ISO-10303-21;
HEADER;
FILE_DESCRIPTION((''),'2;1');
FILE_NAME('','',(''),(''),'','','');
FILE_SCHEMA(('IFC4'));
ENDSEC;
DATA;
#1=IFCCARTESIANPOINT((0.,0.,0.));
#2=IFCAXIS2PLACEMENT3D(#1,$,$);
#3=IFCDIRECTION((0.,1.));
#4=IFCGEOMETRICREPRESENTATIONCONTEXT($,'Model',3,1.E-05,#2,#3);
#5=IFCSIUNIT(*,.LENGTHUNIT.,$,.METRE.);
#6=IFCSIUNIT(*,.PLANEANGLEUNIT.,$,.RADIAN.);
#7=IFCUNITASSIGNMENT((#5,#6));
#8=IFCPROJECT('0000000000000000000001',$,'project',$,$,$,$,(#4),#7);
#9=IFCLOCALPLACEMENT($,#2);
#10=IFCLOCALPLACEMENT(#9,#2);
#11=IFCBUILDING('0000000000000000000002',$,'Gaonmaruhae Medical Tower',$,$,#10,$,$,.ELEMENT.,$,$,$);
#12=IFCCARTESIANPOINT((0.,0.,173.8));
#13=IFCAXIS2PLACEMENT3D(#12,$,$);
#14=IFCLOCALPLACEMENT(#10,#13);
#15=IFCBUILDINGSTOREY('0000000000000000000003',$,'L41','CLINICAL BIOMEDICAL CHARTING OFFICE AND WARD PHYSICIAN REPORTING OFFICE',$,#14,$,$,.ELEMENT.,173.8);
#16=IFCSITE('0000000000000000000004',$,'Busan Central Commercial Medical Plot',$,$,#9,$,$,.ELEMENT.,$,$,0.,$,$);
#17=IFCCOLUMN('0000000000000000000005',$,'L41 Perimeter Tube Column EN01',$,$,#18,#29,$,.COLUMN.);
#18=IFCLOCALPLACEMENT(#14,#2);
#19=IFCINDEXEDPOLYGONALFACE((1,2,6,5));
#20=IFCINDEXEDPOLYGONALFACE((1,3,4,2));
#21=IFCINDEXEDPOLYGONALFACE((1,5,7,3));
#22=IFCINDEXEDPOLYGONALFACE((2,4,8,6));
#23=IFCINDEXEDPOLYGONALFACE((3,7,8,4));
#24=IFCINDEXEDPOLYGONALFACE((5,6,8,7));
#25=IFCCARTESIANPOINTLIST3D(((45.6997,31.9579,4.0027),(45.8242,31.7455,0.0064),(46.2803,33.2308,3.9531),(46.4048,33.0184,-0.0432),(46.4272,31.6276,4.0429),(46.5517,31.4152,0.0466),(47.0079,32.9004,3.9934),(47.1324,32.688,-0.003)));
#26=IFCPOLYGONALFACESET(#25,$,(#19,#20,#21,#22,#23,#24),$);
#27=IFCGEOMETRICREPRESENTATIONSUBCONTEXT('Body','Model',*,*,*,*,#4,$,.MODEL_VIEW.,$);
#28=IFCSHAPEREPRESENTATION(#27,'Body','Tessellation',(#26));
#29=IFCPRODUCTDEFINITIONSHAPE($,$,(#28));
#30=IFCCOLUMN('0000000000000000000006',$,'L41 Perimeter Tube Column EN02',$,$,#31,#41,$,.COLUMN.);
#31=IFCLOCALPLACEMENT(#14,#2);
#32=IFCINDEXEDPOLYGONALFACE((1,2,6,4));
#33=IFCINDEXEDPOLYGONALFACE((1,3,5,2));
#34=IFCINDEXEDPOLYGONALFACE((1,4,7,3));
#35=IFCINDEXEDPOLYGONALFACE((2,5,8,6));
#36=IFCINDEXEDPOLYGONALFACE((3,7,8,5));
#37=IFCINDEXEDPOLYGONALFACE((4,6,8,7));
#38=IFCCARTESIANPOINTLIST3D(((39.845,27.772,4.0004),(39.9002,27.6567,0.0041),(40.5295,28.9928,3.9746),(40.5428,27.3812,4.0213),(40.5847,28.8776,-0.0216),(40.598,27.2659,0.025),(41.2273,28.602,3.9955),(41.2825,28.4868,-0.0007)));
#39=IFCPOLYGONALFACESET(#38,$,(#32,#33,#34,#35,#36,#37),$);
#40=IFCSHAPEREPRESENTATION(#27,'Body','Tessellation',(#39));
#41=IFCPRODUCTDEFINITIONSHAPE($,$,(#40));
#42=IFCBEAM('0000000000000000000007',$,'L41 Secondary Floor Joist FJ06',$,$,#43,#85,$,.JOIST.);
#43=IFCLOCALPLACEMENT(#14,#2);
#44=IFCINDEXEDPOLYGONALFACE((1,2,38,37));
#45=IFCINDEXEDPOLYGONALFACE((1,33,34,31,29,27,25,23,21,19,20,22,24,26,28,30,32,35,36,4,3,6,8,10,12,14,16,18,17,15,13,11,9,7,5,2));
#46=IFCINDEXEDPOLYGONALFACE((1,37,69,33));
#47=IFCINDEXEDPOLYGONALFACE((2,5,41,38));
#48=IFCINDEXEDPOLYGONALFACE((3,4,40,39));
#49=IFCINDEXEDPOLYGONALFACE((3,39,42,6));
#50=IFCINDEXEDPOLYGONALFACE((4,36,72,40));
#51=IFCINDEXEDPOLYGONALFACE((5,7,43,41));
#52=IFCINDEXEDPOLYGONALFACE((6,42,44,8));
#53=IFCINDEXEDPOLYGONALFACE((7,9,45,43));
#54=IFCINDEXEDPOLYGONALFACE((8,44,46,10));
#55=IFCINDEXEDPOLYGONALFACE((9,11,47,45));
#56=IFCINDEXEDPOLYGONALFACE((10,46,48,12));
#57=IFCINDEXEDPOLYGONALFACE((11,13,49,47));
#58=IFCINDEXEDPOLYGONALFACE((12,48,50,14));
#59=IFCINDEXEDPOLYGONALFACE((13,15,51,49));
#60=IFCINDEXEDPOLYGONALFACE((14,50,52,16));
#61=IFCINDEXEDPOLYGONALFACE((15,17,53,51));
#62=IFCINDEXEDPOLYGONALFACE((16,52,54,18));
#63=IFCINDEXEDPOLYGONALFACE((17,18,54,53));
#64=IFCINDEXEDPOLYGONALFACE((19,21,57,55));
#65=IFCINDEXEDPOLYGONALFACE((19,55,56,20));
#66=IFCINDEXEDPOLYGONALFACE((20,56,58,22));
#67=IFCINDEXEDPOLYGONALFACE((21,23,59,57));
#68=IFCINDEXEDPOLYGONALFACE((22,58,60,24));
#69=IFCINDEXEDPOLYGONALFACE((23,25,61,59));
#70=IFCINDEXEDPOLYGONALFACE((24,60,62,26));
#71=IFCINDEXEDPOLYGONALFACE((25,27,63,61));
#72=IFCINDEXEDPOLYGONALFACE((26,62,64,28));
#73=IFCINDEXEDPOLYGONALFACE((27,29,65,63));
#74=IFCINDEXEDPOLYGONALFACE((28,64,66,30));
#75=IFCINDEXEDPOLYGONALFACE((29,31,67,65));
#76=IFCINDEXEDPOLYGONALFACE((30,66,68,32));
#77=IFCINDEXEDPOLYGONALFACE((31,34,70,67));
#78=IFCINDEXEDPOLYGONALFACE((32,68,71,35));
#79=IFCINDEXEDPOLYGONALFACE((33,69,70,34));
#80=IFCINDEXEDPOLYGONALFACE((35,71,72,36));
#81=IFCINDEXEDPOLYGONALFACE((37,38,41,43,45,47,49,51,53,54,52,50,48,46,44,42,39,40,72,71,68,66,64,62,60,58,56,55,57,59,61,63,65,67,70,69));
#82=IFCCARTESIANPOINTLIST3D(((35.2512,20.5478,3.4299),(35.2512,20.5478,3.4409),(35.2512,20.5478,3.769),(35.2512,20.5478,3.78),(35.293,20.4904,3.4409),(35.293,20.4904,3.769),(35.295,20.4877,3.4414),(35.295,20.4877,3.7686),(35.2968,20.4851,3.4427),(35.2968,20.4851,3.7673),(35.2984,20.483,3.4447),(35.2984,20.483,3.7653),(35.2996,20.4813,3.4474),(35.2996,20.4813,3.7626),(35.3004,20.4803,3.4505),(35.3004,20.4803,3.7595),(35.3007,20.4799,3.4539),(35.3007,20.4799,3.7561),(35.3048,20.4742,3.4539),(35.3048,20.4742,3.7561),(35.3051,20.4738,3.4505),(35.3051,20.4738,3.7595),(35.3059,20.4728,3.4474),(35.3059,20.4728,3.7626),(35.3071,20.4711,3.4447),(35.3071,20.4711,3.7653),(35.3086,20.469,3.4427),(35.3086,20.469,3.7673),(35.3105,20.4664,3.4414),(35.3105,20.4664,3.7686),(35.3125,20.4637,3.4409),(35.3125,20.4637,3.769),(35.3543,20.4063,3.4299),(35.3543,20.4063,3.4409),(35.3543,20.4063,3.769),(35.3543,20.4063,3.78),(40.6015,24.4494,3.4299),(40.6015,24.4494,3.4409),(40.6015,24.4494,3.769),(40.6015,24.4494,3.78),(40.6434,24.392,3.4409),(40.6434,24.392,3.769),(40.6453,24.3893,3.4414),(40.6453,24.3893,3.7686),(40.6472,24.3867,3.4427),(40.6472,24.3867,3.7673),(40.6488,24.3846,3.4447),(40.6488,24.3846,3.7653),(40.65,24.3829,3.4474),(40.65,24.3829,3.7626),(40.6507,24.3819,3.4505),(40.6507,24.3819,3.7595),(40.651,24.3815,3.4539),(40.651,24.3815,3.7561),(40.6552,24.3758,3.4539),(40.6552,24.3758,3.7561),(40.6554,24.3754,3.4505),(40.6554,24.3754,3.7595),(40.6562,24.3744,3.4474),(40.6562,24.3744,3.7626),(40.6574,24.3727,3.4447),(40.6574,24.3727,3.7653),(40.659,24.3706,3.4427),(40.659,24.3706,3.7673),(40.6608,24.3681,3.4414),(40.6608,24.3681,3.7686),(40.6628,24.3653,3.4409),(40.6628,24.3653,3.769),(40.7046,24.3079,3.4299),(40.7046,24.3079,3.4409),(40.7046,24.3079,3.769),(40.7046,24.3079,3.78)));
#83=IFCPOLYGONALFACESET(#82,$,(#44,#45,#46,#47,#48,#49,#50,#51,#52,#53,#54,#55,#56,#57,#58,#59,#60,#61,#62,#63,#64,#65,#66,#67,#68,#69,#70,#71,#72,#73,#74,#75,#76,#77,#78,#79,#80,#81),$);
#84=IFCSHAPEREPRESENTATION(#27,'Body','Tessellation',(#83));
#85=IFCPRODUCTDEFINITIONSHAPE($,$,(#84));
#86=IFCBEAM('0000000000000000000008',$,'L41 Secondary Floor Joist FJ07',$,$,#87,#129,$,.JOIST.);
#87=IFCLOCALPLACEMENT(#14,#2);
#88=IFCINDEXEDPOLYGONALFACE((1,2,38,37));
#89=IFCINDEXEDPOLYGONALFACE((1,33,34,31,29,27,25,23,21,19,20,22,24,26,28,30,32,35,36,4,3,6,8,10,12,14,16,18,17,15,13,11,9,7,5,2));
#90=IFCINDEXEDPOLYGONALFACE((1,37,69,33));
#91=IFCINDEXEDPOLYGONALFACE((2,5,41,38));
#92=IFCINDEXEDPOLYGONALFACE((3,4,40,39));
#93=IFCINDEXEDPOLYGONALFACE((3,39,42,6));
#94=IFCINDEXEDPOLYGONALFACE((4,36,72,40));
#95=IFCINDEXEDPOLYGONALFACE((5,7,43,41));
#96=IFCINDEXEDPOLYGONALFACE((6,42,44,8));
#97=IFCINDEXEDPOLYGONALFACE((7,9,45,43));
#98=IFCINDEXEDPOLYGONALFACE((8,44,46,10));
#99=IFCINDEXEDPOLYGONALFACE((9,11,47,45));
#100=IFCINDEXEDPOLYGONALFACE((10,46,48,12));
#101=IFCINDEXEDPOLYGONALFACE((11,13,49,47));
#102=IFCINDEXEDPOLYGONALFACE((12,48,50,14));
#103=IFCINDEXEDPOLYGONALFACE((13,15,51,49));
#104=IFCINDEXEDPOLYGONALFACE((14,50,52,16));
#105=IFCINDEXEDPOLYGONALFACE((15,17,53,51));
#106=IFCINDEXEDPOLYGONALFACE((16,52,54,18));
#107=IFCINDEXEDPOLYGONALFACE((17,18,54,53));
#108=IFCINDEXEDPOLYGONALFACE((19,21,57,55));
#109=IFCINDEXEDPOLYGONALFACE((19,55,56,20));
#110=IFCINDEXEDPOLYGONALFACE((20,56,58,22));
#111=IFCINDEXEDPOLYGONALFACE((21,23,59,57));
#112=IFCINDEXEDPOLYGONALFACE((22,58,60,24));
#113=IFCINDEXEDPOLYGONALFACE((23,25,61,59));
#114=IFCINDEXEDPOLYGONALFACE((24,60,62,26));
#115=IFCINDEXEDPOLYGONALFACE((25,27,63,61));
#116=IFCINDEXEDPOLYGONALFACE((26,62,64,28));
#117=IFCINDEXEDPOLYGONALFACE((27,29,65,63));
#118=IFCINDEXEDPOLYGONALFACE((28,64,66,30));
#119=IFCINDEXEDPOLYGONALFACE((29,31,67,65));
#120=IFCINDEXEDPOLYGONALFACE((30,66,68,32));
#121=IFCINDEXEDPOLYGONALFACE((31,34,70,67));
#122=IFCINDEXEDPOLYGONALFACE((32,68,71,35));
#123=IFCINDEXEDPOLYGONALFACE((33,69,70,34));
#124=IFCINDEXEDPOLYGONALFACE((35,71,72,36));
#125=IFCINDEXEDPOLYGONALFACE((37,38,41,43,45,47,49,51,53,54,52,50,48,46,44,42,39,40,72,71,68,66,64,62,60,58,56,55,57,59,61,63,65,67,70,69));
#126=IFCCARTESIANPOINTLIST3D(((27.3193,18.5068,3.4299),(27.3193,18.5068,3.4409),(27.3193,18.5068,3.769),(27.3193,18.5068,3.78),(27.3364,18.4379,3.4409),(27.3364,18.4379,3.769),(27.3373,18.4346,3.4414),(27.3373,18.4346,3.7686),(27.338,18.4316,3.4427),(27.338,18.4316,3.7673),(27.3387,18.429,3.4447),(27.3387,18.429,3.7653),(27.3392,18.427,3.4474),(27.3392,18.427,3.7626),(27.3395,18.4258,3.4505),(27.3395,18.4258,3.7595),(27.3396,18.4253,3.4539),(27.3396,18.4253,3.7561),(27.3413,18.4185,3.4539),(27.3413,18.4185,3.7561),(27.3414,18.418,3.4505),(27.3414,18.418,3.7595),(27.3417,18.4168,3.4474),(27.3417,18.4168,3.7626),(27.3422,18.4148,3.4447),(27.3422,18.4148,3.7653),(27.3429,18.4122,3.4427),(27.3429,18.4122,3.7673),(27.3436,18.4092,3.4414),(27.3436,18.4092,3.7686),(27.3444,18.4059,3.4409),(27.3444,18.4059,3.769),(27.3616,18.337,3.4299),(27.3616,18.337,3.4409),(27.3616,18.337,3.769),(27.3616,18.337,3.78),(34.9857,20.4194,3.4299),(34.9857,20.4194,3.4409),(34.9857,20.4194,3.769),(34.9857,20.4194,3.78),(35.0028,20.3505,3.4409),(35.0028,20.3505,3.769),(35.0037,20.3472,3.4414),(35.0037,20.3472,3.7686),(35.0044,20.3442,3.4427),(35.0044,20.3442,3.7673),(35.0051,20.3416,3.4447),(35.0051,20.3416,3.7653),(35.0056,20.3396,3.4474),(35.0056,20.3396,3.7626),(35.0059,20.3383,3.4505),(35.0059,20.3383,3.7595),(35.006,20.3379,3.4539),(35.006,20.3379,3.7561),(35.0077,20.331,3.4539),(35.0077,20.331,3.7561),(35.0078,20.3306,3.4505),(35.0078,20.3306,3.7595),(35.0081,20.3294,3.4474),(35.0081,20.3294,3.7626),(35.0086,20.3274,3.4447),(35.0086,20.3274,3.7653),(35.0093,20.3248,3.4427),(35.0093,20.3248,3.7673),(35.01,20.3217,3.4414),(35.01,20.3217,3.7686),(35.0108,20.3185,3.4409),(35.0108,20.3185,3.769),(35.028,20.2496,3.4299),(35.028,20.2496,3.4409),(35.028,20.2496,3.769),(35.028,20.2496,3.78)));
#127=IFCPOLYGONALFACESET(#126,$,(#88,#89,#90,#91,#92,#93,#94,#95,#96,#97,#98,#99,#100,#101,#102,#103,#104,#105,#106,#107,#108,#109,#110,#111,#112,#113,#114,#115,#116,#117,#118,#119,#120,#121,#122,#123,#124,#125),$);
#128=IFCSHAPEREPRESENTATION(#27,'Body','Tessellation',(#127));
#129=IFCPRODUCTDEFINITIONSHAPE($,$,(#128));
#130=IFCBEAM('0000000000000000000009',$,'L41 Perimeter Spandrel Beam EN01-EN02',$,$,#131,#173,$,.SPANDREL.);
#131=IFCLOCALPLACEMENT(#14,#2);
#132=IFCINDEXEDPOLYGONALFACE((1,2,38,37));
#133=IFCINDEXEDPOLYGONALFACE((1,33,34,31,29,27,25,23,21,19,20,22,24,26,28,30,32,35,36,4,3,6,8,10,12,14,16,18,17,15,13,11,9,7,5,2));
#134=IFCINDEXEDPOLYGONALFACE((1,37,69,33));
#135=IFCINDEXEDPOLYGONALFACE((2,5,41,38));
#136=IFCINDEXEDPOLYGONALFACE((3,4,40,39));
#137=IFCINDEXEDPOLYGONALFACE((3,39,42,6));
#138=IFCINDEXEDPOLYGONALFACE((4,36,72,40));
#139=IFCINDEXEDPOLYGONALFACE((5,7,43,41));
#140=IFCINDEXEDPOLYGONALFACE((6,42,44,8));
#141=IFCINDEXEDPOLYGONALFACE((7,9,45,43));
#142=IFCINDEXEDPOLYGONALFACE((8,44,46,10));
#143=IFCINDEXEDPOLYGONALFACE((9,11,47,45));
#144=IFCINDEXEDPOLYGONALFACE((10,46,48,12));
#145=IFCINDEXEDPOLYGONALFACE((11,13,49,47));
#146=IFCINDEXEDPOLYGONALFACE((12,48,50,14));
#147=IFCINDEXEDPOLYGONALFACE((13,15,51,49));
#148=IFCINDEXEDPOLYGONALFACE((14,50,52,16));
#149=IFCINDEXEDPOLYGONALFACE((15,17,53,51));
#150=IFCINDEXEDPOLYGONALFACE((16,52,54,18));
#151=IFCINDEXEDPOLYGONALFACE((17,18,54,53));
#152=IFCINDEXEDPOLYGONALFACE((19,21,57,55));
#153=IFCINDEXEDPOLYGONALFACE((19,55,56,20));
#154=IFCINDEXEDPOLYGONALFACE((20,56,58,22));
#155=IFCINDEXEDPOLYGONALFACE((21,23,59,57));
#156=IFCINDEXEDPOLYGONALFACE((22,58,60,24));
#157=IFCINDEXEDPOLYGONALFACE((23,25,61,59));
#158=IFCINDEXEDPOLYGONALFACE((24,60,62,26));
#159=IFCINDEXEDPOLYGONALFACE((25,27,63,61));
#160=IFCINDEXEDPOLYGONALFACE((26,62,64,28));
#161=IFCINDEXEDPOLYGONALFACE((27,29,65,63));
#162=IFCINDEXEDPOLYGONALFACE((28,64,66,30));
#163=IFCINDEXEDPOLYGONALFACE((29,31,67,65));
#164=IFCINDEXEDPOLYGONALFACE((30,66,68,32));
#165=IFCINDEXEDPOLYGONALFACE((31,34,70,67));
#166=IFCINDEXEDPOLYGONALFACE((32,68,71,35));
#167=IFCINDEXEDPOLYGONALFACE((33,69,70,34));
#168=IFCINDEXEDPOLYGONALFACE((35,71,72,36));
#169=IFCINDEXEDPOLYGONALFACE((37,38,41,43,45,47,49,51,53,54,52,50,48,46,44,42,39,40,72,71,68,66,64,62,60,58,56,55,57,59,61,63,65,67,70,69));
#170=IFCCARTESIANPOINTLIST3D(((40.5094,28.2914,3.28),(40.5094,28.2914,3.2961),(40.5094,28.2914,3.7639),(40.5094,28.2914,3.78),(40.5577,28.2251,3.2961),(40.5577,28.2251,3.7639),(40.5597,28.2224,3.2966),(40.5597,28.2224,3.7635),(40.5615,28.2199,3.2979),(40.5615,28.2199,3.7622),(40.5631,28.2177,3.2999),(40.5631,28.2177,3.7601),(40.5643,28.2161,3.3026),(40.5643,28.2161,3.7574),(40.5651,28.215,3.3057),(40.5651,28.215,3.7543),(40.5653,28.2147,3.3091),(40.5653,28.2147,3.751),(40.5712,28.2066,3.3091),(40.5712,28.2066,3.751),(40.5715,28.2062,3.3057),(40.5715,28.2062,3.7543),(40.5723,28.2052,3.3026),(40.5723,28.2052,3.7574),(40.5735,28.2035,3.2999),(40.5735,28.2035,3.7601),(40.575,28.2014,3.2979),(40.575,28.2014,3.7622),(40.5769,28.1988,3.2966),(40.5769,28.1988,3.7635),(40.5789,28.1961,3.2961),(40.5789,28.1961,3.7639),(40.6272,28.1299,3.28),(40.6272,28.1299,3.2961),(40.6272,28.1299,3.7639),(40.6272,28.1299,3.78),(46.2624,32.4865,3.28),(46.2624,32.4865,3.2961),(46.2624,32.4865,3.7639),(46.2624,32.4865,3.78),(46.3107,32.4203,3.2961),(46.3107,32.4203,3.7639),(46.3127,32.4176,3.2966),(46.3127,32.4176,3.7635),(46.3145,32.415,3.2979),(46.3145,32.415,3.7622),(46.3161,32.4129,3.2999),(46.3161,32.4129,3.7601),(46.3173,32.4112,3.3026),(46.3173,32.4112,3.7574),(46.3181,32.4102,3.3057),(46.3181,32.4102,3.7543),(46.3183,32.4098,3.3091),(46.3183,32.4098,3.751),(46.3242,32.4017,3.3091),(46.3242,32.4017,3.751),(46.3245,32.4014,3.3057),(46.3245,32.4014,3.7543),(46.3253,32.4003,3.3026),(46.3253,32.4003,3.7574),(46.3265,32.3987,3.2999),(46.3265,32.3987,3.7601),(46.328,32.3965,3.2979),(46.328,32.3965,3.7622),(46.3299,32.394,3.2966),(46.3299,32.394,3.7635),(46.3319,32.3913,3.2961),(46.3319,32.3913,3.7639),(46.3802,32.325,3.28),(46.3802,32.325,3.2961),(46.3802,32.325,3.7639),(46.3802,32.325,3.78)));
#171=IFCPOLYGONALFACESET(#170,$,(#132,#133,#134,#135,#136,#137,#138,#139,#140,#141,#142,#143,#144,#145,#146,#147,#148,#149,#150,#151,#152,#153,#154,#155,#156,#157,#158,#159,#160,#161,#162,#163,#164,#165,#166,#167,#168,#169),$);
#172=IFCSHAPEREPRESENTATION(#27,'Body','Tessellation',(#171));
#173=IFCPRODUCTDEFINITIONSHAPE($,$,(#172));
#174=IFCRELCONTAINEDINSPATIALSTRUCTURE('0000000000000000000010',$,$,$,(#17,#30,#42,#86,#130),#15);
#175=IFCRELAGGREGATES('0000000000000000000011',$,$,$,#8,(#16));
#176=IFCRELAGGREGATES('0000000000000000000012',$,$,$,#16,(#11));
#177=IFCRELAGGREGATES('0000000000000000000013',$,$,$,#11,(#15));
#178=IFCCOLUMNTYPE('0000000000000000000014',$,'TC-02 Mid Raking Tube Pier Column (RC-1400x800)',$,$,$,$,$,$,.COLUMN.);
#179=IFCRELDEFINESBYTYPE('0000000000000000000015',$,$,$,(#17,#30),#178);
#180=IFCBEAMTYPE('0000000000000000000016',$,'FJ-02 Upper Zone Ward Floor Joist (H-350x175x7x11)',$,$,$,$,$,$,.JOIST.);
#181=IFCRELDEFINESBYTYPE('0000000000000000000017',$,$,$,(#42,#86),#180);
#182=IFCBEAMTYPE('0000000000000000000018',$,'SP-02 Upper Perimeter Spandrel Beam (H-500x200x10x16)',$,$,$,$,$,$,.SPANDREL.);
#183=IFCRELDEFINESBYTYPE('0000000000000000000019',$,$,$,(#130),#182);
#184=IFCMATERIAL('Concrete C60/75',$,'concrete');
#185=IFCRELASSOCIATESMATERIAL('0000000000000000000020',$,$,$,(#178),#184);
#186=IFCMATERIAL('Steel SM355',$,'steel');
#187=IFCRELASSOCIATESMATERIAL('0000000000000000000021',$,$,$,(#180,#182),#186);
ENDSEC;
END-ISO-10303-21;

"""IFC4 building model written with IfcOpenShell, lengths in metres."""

from ifc_helpers import new_model, si_unit, direction, frame, origin, origin_2d, place, context, subcontext, project, spatial, rectangle, i_section, extrude, material, material_profile, profile_set, type_object, element, save


model = new_model("IFC4")

# Units and contexts
model_context = context("Model", 3, precision=1e-05, world=origin(), true_north=direction((0.0, 1.0)))
body_context = subcontext(model_context, "Body", "Model", "MODEL_VIEW")
ifc_project = project(units=[si_unit("LENGTHUNIT", "METRE"), si_unit("PLANEANGLEUNIT", "RADIAN")], contexts=[model_context])

# Site, building, storey
site_placement = place(None, origin())
site = spatial("IfcSite", under=ifc_project, at=site_placement, Name="Busan Central Commercial Medical Plot", CompositionType="ELEMENT", RefElevation=0.0)
building_placement = place(site_placement, origin())
building = spatial("IfcBuilding", under=site, at=building_placement, Name="Gaonmaruhae Medical Tower", CompositionType="ELEMENT")
storey_placement = place(building_placement, frame((0.0, 0.0, 173.8)))
storey = spatial("IfcBuildingStorey", under=building, at=storey_placement, Name="L41", Description="CLINICAL BIOMEDICAL CHARTING OFFICE AND WARD PHYSICIAN REPORTING OFFICE", CompositionType="ELEMENT", Elevation=173.8)

# Columns
ifc_material_1 = material(Name="Concrete C60/75", Category="concrete")
ifc_material_profile_1 = material_profile(ifc_material_1, rectangle(XDim=1.3999, YDim=0.8, at=origin_2d()), Name="RC-1400x800")
ifc_profile_set_1 = profile_set([ifc_material_profile_1], Name="Concrete C60/75")
column_type = type_object("IfcColumnType", Name="TC-02 Mid Raking Tube Pier Column (RC-1400x800)", PredefinedType="COLUMN", material=ifc_profile_set_1)
column_1_placement = place(storey_placement, frame((46.4783, 32.2168, 0.0017), z_axis=(-0.031097, 0.053049, 0.998108), x_axis=(-0.414782, -0.909232, 0.035402)))
element("IfcColumn", 1, at=column_1_placement, inside=storey, type_object=column_type, Name="L41 Perimeter Tube Column EN01", PredefinedType="COLUMN", context=body_context, shape_type="SweptSolid", body=[
    extrude(rectangle(XDim=1.3999, YDim=0.8, at=origin_2d()), origin(), (0.0, 0.0, 1.0), 4.0039),
])
column_2_placement = place(storey_placement, frame((40.5913, 28.0718, 0.0017), z_axis=(-0.0138, 0.02882, 0.999489), x_axis=(-0.488965, -0.872109, 0.018396)))
element("IfcColumn", 2, at=column_2_placement, inside=storey, type_object=column_type, Name="L41 Perimeter Tube Column EN02", PredefinedType="COLUMN", context=body_context, shape_type="SweptSolid", body=[
    extrude(rectangle(XDim=1.3999, YDim=0.8, at=origin_2d()), origin(), (0.0, 0.0, 1.0), 3.9983),
])

# Beams
ifc_material_2 = material(Name="Steel SM355", Category="steel")
ifc_material_profile_2 = material_profile(ifc_material_2, i_section(OverallWidth=0.175, OverallDepth=0.3501, WebThickness=0.0071, FlangeThickness=0.011, FilletRadius=0.0129, at=origin_2d()), Name="H-350x175x7x11")
ifc_profile_set_2 = profile_set([ifc_material_profile_2], Name="Steel SM355")
beam_type_1 = type_object("IfcBeamType", Name="FJ-02 Upper Zone Ward Floor Joist (H-350x175x7x11)", PredefinedType="JOIST", material=ifc_profile_set_2)
beam_1_placement = place(storey_placement, frame((40.6531, 24.3787, 3.605), z_axis=(-0.807984, -0.589204, 0.0), x_axis=(0.589204, -0.807984, 0.0)))
element("IfcBeam", 3, at=beam_1_placement, inside=storey, type_object=beam_type_1, Name="L41 Secondary Floor Joist FJ06", PredefinedType="JOIST", context=body_context, shape_type="SweptSolid", body=[
    extrude(i_section(OverallWidth=0.175, OverallDepth=0.3501, WebThickness=0.0071, FlangeThickness=0.011, FilletRadius=0.0129, at=origin_2d()), origin(), (0.0, 0.0, 1.0), 6.6218),
])
beam_2_placement = place(storey_placement, frame((35.0068, 20.3345, 3.605), z_axis=(-0.970262, -0.242056, 0.0), x_axis=(0.242056, -0.970262, 0.0)))
element("IfcBeam", 4, at=beam_2_placement, inside=storey, type_object=beam_type_1, Name="L41 Secondary Floor Joist FJ07", PredefinedType="JOIST", context=body_context, shape_type="SweptSolid", body=[
    extrude(i_section(OverallWidth=0.175, OverallDepth=0.3501, WebThickness=0.0071, FlangeThickness=0.011, FilletRadius=0.0129, at=origin_2d()), origin(), (0.0, 0.0, 1.0), 7.9014),
])
ifc_material_profile_3 = material_profile(ifc_material_2, i_section(OverallWidth=0.2, OverallDepth=0.5, WebThickness=0.01, FlangeThickness=0.0161, FilletRadius=0.0129, at=origin_2d()), Name="H-500x200x10x16")
ifc_profile_set_3 = profile_set([ifc_material_profile_3], Name="Steel SM355")
beam_type_2 = type_object("IfcBeamType", Name="SP-02 Upper Perimeter Spandrel Beam (H-500x200x10x16)", PredefinedType="SPANDREL", material=ifc_profile_set_3)
for number, where, z_axis, x_axis, name in (
    (5, (46.3213, 32.4058, 3.53), (-0.807993, -0.589193, 0.0), (0.589193, -0.807993, 0.0), "L41 Perimeter Spandrel Beam EN01-EN02"),
):
    element("IfcBeam", number, at=place(storey_placement, frame(where, z_axis=z_axis, x_axis=x_axis)), inside=storey, type_object=beam_type_2, Name=name, PredefinedType="SPANDREL", context=body_context, shape_type="SweptSolid", body=[
        extrude(i_section(OverallWidth=0.2, OverallDepth=0.5, WebThickness=0.01, FlangeThickness=0.0161, FilletRadius=0.0129, at=origin_2d()), origin(), (0.0, 0.0, 1.0), 7.1201),
    ])

save(model, "model.ifc")
